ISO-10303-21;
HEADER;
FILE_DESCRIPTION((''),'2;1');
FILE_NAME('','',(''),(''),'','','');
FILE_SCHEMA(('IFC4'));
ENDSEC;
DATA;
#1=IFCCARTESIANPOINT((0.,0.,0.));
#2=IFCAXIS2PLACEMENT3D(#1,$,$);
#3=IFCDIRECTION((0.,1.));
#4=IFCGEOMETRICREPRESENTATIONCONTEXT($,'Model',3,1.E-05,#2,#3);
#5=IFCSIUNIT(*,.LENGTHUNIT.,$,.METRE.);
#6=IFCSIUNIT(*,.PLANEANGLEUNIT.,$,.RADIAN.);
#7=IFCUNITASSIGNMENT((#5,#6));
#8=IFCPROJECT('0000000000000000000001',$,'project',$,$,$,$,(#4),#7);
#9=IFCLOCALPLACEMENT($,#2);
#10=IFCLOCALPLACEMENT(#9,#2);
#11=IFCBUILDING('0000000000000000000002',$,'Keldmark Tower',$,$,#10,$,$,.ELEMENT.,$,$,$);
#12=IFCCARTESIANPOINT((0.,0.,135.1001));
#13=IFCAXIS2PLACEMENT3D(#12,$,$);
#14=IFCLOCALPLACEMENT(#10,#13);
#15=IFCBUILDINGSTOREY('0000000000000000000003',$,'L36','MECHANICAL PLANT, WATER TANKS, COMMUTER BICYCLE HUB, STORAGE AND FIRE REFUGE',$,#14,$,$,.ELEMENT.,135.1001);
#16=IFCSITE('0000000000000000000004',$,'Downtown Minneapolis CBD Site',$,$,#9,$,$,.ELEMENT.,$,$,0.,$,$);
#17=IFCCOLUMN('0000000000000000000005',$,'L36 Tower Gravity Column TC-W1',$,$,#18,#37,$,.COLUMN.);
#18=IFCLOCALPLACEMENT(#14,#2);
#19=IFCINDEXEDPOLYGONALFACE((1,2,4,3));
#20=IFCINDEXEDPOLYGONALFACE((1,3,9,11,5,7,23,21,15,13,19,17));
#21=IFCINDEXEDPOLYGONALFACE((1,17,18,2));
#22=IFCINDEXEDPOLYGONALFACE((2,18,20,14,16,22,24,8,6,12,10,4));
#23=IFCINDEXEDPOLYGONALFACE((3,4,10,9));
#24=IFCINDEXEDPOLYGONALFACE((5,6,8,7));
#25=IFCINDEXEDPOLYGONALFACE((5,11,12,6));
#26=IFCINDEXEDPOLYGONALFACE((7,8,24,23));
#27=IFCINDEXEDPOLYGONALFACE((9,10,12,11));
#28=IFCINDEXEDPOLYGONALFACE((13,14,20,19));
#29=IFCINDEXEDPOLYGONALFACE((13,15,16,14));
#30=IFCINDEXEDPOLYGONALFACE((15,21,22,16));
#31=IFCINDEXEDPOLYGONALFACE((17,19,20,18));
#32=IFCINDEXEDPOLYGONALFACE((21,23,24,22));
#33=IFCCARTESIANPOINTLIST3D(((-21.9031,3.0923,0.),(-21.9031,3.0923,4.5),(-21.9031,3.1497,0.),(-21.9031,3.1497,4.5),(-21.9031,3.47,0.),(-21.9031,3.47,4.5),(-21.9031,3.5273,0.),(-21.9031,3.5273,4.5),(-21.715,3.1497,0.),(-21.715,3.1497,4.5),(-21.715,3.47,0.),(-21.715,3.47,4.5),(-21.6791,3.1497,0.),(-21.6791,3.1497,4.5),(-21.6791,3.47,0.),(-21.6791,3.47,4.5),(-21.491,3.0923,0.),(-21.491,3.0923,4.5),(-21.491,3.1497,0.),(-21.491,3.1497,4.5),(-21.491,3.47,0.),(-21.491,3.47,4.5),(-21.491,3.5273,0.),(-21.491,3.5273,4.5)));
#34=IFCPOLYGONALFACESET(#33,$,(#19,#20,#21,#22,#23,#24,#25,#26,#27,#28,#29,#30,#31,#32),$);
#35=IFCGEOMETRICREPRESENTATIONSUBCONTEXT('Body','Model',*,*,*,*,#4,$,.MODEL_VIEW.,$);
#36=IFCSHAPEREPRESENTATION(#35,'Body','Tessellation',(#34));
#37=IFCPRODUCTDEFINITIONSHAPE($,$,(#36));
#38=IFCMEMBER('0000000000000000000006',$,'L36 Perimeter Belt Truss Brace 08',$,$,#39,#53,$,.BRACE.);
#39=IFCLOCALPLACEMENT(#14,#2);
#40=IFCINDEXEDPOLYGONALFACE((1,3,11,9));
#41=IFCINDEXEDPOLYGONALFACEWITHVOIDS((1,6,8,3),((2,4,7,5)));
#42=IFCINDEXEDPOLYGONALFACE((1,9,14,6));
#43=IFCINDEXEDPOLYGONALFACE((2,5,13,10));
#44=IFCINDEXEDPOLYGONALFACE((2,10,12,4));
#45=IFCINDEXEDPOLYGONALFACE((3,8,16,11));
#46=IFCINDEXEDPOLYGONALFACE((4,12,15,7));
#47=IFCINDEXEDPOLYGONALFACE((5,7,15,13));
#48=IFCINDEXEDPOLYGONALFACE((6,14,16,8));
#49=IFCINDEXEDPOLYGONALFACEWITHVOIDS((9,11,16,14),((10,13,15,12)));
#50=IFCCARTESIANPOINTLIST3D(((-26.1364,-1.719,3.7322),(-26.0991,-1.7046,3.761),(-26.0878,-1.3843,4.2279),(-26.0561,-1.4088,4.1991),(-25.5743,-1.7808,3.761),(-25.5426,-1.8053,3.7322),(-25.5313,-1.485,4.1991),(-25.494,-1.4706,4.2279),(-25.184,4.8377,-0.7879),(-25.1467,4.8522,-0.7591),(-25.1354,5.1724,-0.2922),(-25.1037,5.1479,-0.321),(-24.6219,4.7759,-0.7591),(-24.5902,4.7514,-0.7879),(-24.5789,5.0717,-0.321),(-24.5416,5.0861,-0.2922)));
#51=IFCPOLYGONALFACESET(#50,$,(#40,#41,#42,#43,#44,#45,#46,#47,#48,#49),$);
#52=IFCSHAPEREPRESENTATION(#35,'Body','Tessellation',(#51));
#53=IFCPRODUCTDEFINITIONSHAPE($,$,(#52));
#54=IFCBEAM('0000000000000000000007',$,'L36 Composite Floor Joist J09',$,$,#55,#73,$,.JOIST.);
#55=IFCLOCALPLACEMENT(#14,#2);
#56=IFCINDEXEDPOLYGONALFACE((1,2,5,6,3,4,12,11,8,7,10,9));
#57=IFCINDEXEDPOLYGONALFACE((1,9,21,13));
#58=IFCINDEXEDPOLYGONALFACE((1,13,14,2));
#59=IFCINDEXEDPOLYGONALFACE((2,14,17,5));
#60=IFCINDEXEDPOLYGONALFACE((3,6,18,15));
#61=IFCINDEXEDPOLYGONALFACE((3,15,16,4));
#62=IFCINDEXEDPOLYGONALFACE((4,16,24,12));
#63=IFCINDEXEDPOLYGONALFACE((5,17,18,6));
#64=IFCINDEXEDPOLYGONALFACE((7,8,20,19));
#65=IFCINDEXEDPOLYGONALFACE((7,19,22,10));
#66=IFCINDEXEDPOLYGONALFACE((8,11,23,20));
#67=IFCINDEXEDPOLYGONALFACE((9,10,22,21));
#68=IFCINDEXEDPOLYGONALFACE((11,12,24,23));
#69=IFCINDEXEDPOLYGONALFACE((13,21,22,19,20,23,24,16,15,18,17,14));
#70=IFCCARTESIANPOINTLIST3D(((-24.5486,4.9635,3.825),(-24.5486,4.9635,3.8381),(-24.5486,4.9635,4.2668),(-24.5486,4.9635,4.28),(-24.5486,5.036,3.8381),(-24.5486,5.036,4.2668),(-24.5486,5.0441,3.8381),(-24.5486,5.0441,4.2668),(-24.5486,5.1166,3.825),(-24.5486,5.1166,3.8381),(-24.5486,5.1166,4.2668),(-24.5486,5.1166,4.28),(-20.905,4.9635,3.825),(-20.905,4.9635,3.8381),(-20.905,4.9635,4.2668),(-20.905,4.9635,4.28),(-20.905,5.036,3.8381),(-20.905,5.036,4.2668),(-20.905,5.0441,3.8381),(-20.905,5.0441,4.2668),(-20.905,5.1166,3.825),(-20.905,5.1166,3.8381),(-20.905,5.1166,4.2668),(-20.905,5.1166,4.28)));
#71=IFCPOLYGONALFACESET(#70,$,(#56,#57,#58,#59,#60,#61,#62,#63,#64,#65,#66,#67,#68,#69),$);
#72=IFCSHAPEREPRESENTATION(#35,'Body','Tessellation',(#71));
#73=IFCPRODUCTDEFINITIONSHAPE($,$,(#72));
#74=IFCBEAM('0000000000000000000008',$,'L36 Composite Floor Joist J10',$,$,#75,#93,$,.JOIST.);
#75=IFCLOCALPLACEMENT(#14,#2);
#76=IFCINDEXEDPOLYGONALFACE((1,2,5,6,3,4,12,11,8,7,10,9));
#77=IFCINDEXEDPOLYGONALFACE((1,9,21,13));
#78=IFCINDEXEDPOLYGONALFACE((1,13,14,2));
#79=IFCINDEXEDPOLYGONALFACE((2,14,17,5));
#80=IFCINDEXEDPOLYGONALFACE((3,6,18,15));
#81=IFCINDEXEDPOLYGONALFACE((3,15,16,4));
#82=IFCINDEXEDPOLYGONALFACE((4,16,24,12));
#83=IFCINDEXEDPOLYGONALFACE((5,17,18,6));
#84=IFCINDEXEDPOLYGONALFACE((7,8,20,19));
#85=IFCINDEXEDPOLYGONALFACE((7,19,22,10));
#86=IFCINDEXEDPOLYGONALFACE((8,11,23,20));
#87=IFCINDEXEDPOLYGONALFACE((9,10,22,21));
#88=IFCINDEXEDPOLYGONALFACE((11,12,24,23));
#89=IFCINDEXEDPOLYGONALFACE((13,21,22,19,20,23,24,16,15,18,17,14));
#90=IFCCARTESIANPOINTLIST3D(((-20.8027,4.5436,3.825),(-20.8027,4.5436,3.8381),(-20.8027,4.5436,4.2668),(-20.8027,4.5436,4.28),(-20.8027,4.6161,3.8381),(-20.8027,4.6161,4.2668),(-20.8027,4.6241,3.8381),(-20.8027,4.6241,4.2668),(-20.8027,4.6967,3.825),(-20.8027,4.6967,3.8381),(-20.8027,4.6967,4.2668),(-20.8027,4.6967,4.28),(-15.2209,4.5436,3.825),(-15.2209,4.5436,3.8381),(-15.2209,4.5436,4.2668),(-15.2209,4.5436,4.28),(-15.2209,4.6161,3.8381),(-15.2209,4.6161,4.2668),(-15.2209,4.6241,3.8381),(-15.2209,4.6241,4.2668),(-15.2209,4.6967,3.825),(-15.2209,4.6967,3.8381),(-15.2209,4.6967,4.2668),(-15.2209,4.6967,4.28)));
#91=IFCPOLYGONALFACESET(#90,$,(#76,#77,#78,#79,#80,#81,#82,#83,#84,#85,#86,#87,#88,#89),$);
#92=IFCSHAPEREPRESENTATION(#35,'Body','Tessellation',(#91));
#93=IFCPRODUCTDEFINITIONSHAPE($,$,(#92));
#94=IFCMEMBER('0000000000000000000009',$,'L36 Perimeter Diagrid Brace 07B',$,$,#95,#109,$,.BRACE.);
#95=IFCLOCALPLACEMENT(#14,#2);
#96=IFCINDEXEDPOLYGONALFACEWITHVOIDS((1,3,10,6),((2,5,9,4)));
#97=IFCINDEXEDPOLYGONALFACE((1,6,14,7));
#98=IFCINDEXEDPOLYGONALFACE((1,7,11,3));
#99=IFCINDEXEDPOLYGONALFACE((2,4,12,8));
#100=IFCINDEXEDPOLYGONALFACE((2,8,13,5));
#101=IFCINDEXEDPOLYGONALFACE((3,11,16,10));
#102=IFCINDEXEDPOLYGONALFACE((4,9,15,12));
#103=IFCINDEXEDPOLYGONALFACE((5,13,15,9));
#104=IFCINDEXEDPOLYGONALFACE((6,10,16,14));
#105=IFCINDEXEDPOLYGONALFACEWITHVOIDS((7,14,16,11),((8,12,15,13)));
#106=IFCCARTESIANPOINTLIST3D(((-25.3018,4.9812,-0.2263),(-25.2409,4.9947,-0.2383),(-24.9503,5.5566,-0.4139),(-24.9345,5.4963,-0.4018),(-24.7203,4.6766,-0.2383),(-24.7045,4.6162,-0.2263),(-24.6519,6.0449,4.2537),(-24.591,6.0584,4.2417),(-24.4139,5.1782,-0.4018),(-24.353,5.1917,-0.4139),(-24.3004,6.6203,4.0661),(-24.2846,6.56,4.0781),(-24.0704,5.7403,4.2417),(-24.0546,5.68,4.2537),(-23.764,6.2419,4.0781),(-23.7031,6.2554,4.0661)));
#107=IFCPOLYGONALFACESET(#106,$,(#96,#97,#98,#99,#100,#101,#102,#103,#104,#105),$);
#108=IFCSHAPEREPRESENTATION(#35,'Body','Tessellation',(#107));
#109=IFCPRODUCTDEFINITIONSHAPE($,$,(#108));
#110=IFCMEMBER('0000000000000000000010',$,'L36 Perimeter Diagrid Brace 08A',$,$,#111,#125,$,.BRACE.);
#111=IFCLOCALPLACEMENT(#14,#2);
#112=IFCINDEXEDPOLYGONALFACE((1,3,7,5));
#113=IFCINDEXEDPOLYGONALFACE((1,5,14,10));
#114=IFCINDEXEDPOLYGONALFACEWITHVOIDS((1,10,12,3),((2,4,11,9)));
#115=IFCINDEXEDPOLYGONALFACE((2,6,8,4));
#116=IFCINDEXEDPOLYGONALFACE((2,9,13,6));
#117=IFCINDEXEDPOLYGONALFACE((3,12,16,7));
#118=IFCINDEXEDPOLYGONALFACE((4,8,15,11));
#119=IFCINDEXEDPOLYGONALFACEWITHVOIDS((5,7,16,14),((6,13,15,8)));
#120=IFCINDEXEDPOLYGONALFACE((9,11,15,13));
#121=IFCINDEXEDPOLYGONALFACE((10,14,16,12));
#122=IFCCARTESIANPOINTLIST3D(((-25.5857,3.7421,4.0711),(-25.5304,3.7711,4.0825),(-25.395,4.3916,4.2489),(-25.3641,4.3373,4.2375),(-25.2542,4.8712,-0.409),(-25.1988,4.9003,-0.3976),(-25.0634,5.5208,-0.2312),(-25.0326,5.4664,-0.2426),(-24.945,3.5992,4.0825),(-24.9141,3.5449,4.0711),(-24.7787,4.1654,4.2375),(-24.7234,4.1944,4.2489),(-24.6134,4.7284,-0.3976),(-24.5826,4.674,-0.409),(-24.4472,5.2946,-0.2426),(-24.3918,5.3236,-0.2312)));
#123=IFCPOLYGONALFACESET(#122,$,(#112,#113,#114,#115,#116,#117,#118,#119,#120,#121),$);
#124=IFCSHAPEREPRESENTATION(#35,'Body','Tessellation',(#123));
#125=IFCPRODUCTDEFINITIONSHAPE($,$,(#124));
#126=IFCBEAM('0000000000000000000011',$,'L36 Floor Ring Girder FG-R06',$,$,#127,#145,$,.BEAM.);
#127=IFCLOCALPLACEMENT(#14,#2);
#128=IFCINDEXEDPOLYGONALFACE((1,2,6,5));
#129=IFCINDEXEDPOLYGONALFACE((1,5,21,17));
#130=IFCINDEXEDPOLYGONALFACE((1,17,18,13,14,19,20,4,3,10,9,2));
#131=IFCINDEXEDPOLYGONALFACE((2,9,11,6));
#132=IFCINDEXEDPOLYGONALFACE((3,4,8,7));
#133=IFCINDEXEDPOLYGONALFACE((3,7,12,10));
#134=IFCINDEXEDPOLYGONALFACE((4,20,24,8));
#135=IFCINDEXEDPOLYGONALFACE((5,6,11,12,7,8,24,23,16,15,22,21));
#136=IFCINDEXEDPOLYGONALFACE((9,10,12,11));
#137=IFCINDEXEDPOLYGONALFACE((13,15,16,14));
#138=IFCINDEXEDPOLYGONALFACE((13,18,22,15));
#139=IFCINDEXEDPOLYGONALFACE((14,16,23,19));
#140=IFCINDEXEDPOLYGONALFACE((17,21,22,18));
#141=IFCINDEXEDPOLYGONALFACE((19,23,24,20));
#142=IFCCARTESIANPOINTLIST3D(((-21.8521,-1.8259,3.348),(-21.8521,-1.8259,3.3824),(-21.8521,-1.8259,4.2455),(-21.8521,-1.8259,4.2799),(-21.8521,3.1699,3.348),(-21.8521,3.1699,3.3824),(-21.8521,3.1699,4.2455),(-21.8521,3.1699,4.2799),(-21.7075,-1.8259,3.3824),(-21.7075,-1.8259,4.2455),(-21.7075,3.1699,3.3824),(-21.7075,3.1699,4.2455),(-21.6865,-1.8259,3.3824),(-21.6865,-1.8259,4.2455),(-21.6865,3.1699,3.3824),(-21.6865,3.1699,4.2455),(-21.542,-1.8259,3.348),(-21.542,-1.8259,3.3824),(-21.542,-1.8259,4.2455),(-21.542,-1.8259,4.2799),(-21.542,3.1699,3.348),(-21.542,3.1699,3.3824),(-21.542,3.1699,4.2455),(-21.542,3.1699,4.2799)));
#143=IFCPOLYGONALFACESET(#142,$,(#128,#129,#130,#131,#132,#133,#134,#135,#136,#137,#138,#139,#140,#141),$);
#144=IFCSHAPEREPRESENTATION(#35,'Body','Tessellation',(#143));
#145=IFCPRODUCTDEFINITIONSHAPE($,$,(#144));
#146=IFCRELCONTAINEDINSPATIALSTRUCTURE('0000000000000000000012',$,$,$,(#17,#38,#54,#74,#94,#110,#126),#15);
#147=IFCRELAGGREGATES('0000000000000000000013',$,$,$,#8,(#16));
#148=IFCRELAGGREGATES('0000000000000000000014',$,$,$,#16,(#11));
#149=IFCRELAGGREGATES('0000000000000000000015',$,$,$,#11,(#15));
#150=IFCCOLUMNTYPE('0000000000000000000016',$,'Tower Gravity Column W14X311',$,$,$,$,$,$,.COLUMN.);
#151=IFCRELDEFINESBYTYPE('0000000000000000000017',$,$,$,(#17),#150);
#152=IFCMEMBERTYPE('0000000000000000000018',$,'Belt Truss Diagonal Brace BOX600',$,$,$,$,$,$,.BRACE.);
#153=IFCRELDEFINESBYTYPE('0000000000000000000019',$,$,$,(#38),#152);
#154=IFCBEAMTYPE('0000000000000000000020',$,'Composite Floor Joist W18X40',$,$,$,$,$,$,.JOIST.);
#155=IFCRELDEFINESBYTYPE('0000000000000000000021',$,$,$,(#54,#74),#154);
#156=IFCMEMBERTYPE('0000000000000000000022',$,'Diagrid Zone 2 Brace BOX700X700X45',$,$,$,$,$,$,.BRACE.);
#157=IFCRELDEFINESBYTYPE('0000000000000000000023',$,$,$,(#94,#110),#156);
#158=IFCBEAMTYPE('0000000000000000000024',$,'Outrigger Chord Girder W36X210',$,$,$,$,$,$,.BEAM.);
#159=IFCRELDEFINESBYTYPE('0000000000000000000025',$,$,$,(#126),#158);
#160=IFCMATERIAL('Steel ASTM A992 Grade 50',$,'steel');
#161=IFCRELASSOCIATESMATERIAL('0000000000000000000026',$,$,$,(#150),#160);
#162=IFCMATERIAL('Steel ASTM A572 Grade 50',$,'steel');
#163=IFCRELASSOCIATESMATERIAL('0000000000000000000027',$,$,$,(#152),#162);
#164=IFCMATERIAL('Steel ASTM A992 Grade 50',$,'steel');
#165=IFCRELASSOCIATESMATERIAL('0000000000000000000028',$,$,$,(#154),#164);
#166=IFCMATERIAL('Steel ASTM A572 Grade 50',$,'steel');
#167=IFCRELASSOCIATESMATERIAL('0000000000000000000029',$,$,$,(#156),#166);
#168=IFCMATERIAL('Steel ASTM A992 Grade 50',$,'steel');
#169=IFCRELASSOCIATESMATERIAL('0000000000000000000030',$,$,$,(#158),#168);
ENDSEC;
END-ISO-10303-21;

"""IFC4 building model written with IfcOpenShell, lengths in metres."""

from ifc_helpers import new_model, si_unit, direction, frame, origin, origin_2d, place, context, subcontext, project, spatial, hollow_rectangle, i_section, extrude, material, material_profile, profile_set, type_object, element, save


model = new_model("IFC4")

# Units and contexts
model_context = context("Model", 3, precision=1e-05, world=origin(), true_north=direction((0.0, 1.0)))
body_context = subcontext(model_context, "Body", "Model", "MODEL_VIEW")
ifc_project = project(units=[si_unit("LENGTHUNIT", "METRE"), si_unit("PLANEANGLEUNIT", "RADIAN")], contexts=[model_context])

# Site, building, storey
site_placement = place(None, origin())
site = spatial("IfcSite", under=ifc_project, at=site_placement, Name="Downtown Minneapolis CBD Site", CompositionType="ELEMENT", RefElevation=0.0)
building_placement = place(site_placement, origin())
building = spatial("IfcBuilding", under=site, at=building_placement, Name="Keldmark Tower", CompositionType="ELEMENT")
storey_placement = place(building_placement, frame((0.0, 0.0, 135.1001)))
storey = spatial("IfcBuildingStorey", under=building, at=storey_placement, Name="L36", Description="MECHANICAL PLANT, WATER TANKS, COMMUTER BICYCLE HUB, STORAGE AND FIRE REFUGE", CompositionType="ELEMENT", Elevation=135.1001)

# Column
ifc_material_1 = material(Name="Steel ASTM A992 Grade 50", Category="steel")
ifc_material_profile_1 = material_profile(ifc_material_1, i_section(OverallWidth=0.4121, OverallDepth=0.4351, WebThickness=0.0359, FlangeThickness=0.0574, at=origin_2d()), Name="W14X311")
ifc_profile_set_1 = profile_set([ifc_material_profile_1], Name="Steel ASTM A992 Grade 50")
column_type = type_object("IfcColumnType", Name="Tower Gravity Column W14X311", PredefinedType="COLUMN", material=ifc_profile_set_1)
column_placement = place(storey_placement, frame((-21.697, 3.3098, 0.0), z_axis=(0.0, 0.0, 1.0), x_axis=(1.0, 0.0, 0.0)))
element("IfcColumn", 1, at=column_placement, inside=storey, type_object=column_type, Name="L36 Tower Gravity Column TC-W1", PredefinedType="COLUMN", context=body_context, shape_type="SweptSolid", body=[
    extrude(i_section(OverallWidth=0.4121, OverallDepth=0.4351, WebThickness=0.0359, FlangeThickness=0.0574, at=origin_2d()), origin(), (0.0, 0.0, 1.0), 4.5),
])

# Member
ifc_material_2 = material(Name="Steel ASTM A572 Grade 50", Category="steel")
ifc_material_profile_2 = material_profile(ifc_material_2, hollow_rectangle(XDim=0.6001, YDim=0.6001, WallThickness=0.0349, at=origin_2d()), Name="BOX600X600X35")
ifc_profile_set_2 = profile_set([ifc_material_profile_2], Name="Steel ASTM A572 Grade 50")
member_type_1 = type_object("IfcMemberType", Name="Belt Truss Diagonal Brace BOX600", PredefinedType="BRACE", material=ifc_profile_set_2)
member_1_placement = place(storey_placement, frame((-24.8628, 4.9619, -0.54), z_axis=(-0.118746, -0.817493, 0.563564), x_axis=(0.989614, -0.143748, 0.0)))
element("IfcMember", 2, at=member_1_placement, inside=storey, type_object=member_type_1, Name="L36 Perimeter Belt Truss Brace 08", PredefinedType="BRACE", context=body_context, shape_type="SweptSolid", body=[
    extrude(hollow_rectangle(XDim=0.6001, YDim=0.6001, WallThickness=0.0349, at=origin_2d()), origin(), (0.0, 0.0, 1.0), 8.0205),
])

# Beams
ifc_material_3 = material(Name="Steel ASTM A992 Grade 50", Category="steel")
ifc_material_profile_3 = material_profile(ifc_material_3, i_section(OverallWidth=0.1531, OverallDepth=0.4551, WebThickness=0.0081, FlangeThickness=0.0132, at=origin_2d()), Name="W18X40")
ifc_profile_set_3 = profile_set([ifc_material_profile_3], Name="Steel ASTM A992 Grade 50")
beam_type_1 = type_object("IfcBeamType", Name="Composite Floor Joist W18X40", PredefinedType="JOIST", material=ifc_profile_set_3)
beam_1_placement = place(storey_placement, frame((-24.5486, 5.04, 4.0525), z_axis=(1.0, 0.0, 0.0), x_axis=(0.0, 1.0, 0.0)))
element("IfcBeam", 3, at=beam_1_placement, inside=storey, type_object=beam_type_1, Name="L36 Composite Floor Joist J09", PredefinedType="JOIST", context=body_context, shape_type="SweptSolid", body=[
    extrude(i_section(OverallWidth=0.1531, OverallDepth=0.4551, WebThickness=0.0081, FlangeThickness=0.0132, at=origin_2d()), origin(), (0.0, 0.0, 1.0), 3.6436),
])
beam_2_placement = place(storey_placement, frame((-20.8027, 4.6201, 4.0525), z_axis=(1.0, 0.0, 0.0), x_axis=(0.0, 1.0, 0.0)))
element("IfcBeam", 4, at=beam_2_placement, inside=storey, type_object=beam_type_1, Name="L36 Composite Floor Joist J10", PredefinedType="JOIST", context=body_context, shape_type="SweptSolid", body=[
    extrude(i_section(OverallWidth=0.1531, OverallDepth=0.4551, WebThickness=0.0081, FlangeThickness=0.0132, at=origin_2d()), origin(), (0.0, 0.0, 1.0), 5.5818),
])

# Members
ifc_material_4 = material(Name="Steel ASTM A572 Grade 50", Category="steel")
ifc_material_profile_4 = material_profile(ifc_material_4, hollow_rectangle(XDim=0.7, YDim=0.7, WallThickness=0.0449, at=origin_2d()), Name="BOX700X700X45")
ifc_profile_set_4 = profile_set([ifc_material_profile_4], Name="Steel ASTM A572 Grade 50")
member_type_2 = type_object("IfcMemberType", Name="Diagrid Zone 2 Brace BOX700X700X45", PredefinedType="BRACE", material=ifc_profile_set_4)
member_2_placement = place(storey_placement, frame((-24.8274, 5.0864, -0.3201), z_axis=(0.139759, 0.228749, 0.963401), x_axis=(-0.853335, 0.521363, 0.0)))
element("IfcMember", 5, at=member_2_placement, inside=storey, type_object=member_type_2, Name="L36 Perimeter Diagrid Brace 07B", PredefinedType="BRACE", context=body_context, shape_type="SweptSolid", body=[
    extrude(hollow_rectangle(XDim=0.7, YDim=0.7, WallThickness=0.0449, at=origin_2d()), origin(), (0.0, 0.0, 1.0), 4.6501),
])
member_3_placement = place(storey_placement, frame((-24.823, 5.0974, -0.3201), z_axis=(-0.071577, -0.243773, 0.967187), x_axis=(0.959494, -0.281728, 0.0)))
element("IfcMember", 6, at=member_3_placement, inside=storey, type_object=member_type_2, Name="L36 Perimeter Diagrid Brace 08A", PredefinedType="BRACE", context=body_context, shape_type="SweptSolid", body=[
    extrude(hollow_rectangle(XDim=0.7, YDim=0.7, WallThickness=0.0449, at=origin_2d()), origin(), (0.0, 0.0, 1.0), 4.6321),
])

# Beam
ifc_material_5 = material(Name="Steel ASTM A992 Grade 50", Category="steel")
ifc_material_profile_5 = material_profile(ifc_material_5, i_section(OverallWidth=0.3101, OverallDepth=0.9319, WebThickness=0.021, FlangeThickness=0.0344, at=origin_2d()), Name="W36X210")
ifc_profile_set_5 = profile_set([ifc_material_profile_5], Name="Steel ASTM A992 Grade 50")
beam_type_2 = type_object("IfcBeamType", Name="Outrigger Chord Girder W36X210", PredefinedType="BEAM", material=ifc_profile_set_5)
beam_3_placement = place(storey_placement, frame((-21.697, 3.1699, 3.814), z_axis=(0.0, -1.0, 0.0), x_axis=(1.0, 0.0, 0.0)))
element("IfcBeam", 7, at=beam_3_placement, inside=storey, type_object=beam_type_2, Name="L36 Floor Ring Girder FG-R06", PredefinedType="BEAM", context=body_context, shape_type="SweptSolid", body=[
    extrude(i_section(OverallWidth=0.3101, OverallDepth=0.9319, WebThickness=0.021, FlangeThickness=0.0344, at=origin_2d()), origin(), (0.0, 0.0, 1.0), 4.9958),
])

save(model, "model.ifc")
